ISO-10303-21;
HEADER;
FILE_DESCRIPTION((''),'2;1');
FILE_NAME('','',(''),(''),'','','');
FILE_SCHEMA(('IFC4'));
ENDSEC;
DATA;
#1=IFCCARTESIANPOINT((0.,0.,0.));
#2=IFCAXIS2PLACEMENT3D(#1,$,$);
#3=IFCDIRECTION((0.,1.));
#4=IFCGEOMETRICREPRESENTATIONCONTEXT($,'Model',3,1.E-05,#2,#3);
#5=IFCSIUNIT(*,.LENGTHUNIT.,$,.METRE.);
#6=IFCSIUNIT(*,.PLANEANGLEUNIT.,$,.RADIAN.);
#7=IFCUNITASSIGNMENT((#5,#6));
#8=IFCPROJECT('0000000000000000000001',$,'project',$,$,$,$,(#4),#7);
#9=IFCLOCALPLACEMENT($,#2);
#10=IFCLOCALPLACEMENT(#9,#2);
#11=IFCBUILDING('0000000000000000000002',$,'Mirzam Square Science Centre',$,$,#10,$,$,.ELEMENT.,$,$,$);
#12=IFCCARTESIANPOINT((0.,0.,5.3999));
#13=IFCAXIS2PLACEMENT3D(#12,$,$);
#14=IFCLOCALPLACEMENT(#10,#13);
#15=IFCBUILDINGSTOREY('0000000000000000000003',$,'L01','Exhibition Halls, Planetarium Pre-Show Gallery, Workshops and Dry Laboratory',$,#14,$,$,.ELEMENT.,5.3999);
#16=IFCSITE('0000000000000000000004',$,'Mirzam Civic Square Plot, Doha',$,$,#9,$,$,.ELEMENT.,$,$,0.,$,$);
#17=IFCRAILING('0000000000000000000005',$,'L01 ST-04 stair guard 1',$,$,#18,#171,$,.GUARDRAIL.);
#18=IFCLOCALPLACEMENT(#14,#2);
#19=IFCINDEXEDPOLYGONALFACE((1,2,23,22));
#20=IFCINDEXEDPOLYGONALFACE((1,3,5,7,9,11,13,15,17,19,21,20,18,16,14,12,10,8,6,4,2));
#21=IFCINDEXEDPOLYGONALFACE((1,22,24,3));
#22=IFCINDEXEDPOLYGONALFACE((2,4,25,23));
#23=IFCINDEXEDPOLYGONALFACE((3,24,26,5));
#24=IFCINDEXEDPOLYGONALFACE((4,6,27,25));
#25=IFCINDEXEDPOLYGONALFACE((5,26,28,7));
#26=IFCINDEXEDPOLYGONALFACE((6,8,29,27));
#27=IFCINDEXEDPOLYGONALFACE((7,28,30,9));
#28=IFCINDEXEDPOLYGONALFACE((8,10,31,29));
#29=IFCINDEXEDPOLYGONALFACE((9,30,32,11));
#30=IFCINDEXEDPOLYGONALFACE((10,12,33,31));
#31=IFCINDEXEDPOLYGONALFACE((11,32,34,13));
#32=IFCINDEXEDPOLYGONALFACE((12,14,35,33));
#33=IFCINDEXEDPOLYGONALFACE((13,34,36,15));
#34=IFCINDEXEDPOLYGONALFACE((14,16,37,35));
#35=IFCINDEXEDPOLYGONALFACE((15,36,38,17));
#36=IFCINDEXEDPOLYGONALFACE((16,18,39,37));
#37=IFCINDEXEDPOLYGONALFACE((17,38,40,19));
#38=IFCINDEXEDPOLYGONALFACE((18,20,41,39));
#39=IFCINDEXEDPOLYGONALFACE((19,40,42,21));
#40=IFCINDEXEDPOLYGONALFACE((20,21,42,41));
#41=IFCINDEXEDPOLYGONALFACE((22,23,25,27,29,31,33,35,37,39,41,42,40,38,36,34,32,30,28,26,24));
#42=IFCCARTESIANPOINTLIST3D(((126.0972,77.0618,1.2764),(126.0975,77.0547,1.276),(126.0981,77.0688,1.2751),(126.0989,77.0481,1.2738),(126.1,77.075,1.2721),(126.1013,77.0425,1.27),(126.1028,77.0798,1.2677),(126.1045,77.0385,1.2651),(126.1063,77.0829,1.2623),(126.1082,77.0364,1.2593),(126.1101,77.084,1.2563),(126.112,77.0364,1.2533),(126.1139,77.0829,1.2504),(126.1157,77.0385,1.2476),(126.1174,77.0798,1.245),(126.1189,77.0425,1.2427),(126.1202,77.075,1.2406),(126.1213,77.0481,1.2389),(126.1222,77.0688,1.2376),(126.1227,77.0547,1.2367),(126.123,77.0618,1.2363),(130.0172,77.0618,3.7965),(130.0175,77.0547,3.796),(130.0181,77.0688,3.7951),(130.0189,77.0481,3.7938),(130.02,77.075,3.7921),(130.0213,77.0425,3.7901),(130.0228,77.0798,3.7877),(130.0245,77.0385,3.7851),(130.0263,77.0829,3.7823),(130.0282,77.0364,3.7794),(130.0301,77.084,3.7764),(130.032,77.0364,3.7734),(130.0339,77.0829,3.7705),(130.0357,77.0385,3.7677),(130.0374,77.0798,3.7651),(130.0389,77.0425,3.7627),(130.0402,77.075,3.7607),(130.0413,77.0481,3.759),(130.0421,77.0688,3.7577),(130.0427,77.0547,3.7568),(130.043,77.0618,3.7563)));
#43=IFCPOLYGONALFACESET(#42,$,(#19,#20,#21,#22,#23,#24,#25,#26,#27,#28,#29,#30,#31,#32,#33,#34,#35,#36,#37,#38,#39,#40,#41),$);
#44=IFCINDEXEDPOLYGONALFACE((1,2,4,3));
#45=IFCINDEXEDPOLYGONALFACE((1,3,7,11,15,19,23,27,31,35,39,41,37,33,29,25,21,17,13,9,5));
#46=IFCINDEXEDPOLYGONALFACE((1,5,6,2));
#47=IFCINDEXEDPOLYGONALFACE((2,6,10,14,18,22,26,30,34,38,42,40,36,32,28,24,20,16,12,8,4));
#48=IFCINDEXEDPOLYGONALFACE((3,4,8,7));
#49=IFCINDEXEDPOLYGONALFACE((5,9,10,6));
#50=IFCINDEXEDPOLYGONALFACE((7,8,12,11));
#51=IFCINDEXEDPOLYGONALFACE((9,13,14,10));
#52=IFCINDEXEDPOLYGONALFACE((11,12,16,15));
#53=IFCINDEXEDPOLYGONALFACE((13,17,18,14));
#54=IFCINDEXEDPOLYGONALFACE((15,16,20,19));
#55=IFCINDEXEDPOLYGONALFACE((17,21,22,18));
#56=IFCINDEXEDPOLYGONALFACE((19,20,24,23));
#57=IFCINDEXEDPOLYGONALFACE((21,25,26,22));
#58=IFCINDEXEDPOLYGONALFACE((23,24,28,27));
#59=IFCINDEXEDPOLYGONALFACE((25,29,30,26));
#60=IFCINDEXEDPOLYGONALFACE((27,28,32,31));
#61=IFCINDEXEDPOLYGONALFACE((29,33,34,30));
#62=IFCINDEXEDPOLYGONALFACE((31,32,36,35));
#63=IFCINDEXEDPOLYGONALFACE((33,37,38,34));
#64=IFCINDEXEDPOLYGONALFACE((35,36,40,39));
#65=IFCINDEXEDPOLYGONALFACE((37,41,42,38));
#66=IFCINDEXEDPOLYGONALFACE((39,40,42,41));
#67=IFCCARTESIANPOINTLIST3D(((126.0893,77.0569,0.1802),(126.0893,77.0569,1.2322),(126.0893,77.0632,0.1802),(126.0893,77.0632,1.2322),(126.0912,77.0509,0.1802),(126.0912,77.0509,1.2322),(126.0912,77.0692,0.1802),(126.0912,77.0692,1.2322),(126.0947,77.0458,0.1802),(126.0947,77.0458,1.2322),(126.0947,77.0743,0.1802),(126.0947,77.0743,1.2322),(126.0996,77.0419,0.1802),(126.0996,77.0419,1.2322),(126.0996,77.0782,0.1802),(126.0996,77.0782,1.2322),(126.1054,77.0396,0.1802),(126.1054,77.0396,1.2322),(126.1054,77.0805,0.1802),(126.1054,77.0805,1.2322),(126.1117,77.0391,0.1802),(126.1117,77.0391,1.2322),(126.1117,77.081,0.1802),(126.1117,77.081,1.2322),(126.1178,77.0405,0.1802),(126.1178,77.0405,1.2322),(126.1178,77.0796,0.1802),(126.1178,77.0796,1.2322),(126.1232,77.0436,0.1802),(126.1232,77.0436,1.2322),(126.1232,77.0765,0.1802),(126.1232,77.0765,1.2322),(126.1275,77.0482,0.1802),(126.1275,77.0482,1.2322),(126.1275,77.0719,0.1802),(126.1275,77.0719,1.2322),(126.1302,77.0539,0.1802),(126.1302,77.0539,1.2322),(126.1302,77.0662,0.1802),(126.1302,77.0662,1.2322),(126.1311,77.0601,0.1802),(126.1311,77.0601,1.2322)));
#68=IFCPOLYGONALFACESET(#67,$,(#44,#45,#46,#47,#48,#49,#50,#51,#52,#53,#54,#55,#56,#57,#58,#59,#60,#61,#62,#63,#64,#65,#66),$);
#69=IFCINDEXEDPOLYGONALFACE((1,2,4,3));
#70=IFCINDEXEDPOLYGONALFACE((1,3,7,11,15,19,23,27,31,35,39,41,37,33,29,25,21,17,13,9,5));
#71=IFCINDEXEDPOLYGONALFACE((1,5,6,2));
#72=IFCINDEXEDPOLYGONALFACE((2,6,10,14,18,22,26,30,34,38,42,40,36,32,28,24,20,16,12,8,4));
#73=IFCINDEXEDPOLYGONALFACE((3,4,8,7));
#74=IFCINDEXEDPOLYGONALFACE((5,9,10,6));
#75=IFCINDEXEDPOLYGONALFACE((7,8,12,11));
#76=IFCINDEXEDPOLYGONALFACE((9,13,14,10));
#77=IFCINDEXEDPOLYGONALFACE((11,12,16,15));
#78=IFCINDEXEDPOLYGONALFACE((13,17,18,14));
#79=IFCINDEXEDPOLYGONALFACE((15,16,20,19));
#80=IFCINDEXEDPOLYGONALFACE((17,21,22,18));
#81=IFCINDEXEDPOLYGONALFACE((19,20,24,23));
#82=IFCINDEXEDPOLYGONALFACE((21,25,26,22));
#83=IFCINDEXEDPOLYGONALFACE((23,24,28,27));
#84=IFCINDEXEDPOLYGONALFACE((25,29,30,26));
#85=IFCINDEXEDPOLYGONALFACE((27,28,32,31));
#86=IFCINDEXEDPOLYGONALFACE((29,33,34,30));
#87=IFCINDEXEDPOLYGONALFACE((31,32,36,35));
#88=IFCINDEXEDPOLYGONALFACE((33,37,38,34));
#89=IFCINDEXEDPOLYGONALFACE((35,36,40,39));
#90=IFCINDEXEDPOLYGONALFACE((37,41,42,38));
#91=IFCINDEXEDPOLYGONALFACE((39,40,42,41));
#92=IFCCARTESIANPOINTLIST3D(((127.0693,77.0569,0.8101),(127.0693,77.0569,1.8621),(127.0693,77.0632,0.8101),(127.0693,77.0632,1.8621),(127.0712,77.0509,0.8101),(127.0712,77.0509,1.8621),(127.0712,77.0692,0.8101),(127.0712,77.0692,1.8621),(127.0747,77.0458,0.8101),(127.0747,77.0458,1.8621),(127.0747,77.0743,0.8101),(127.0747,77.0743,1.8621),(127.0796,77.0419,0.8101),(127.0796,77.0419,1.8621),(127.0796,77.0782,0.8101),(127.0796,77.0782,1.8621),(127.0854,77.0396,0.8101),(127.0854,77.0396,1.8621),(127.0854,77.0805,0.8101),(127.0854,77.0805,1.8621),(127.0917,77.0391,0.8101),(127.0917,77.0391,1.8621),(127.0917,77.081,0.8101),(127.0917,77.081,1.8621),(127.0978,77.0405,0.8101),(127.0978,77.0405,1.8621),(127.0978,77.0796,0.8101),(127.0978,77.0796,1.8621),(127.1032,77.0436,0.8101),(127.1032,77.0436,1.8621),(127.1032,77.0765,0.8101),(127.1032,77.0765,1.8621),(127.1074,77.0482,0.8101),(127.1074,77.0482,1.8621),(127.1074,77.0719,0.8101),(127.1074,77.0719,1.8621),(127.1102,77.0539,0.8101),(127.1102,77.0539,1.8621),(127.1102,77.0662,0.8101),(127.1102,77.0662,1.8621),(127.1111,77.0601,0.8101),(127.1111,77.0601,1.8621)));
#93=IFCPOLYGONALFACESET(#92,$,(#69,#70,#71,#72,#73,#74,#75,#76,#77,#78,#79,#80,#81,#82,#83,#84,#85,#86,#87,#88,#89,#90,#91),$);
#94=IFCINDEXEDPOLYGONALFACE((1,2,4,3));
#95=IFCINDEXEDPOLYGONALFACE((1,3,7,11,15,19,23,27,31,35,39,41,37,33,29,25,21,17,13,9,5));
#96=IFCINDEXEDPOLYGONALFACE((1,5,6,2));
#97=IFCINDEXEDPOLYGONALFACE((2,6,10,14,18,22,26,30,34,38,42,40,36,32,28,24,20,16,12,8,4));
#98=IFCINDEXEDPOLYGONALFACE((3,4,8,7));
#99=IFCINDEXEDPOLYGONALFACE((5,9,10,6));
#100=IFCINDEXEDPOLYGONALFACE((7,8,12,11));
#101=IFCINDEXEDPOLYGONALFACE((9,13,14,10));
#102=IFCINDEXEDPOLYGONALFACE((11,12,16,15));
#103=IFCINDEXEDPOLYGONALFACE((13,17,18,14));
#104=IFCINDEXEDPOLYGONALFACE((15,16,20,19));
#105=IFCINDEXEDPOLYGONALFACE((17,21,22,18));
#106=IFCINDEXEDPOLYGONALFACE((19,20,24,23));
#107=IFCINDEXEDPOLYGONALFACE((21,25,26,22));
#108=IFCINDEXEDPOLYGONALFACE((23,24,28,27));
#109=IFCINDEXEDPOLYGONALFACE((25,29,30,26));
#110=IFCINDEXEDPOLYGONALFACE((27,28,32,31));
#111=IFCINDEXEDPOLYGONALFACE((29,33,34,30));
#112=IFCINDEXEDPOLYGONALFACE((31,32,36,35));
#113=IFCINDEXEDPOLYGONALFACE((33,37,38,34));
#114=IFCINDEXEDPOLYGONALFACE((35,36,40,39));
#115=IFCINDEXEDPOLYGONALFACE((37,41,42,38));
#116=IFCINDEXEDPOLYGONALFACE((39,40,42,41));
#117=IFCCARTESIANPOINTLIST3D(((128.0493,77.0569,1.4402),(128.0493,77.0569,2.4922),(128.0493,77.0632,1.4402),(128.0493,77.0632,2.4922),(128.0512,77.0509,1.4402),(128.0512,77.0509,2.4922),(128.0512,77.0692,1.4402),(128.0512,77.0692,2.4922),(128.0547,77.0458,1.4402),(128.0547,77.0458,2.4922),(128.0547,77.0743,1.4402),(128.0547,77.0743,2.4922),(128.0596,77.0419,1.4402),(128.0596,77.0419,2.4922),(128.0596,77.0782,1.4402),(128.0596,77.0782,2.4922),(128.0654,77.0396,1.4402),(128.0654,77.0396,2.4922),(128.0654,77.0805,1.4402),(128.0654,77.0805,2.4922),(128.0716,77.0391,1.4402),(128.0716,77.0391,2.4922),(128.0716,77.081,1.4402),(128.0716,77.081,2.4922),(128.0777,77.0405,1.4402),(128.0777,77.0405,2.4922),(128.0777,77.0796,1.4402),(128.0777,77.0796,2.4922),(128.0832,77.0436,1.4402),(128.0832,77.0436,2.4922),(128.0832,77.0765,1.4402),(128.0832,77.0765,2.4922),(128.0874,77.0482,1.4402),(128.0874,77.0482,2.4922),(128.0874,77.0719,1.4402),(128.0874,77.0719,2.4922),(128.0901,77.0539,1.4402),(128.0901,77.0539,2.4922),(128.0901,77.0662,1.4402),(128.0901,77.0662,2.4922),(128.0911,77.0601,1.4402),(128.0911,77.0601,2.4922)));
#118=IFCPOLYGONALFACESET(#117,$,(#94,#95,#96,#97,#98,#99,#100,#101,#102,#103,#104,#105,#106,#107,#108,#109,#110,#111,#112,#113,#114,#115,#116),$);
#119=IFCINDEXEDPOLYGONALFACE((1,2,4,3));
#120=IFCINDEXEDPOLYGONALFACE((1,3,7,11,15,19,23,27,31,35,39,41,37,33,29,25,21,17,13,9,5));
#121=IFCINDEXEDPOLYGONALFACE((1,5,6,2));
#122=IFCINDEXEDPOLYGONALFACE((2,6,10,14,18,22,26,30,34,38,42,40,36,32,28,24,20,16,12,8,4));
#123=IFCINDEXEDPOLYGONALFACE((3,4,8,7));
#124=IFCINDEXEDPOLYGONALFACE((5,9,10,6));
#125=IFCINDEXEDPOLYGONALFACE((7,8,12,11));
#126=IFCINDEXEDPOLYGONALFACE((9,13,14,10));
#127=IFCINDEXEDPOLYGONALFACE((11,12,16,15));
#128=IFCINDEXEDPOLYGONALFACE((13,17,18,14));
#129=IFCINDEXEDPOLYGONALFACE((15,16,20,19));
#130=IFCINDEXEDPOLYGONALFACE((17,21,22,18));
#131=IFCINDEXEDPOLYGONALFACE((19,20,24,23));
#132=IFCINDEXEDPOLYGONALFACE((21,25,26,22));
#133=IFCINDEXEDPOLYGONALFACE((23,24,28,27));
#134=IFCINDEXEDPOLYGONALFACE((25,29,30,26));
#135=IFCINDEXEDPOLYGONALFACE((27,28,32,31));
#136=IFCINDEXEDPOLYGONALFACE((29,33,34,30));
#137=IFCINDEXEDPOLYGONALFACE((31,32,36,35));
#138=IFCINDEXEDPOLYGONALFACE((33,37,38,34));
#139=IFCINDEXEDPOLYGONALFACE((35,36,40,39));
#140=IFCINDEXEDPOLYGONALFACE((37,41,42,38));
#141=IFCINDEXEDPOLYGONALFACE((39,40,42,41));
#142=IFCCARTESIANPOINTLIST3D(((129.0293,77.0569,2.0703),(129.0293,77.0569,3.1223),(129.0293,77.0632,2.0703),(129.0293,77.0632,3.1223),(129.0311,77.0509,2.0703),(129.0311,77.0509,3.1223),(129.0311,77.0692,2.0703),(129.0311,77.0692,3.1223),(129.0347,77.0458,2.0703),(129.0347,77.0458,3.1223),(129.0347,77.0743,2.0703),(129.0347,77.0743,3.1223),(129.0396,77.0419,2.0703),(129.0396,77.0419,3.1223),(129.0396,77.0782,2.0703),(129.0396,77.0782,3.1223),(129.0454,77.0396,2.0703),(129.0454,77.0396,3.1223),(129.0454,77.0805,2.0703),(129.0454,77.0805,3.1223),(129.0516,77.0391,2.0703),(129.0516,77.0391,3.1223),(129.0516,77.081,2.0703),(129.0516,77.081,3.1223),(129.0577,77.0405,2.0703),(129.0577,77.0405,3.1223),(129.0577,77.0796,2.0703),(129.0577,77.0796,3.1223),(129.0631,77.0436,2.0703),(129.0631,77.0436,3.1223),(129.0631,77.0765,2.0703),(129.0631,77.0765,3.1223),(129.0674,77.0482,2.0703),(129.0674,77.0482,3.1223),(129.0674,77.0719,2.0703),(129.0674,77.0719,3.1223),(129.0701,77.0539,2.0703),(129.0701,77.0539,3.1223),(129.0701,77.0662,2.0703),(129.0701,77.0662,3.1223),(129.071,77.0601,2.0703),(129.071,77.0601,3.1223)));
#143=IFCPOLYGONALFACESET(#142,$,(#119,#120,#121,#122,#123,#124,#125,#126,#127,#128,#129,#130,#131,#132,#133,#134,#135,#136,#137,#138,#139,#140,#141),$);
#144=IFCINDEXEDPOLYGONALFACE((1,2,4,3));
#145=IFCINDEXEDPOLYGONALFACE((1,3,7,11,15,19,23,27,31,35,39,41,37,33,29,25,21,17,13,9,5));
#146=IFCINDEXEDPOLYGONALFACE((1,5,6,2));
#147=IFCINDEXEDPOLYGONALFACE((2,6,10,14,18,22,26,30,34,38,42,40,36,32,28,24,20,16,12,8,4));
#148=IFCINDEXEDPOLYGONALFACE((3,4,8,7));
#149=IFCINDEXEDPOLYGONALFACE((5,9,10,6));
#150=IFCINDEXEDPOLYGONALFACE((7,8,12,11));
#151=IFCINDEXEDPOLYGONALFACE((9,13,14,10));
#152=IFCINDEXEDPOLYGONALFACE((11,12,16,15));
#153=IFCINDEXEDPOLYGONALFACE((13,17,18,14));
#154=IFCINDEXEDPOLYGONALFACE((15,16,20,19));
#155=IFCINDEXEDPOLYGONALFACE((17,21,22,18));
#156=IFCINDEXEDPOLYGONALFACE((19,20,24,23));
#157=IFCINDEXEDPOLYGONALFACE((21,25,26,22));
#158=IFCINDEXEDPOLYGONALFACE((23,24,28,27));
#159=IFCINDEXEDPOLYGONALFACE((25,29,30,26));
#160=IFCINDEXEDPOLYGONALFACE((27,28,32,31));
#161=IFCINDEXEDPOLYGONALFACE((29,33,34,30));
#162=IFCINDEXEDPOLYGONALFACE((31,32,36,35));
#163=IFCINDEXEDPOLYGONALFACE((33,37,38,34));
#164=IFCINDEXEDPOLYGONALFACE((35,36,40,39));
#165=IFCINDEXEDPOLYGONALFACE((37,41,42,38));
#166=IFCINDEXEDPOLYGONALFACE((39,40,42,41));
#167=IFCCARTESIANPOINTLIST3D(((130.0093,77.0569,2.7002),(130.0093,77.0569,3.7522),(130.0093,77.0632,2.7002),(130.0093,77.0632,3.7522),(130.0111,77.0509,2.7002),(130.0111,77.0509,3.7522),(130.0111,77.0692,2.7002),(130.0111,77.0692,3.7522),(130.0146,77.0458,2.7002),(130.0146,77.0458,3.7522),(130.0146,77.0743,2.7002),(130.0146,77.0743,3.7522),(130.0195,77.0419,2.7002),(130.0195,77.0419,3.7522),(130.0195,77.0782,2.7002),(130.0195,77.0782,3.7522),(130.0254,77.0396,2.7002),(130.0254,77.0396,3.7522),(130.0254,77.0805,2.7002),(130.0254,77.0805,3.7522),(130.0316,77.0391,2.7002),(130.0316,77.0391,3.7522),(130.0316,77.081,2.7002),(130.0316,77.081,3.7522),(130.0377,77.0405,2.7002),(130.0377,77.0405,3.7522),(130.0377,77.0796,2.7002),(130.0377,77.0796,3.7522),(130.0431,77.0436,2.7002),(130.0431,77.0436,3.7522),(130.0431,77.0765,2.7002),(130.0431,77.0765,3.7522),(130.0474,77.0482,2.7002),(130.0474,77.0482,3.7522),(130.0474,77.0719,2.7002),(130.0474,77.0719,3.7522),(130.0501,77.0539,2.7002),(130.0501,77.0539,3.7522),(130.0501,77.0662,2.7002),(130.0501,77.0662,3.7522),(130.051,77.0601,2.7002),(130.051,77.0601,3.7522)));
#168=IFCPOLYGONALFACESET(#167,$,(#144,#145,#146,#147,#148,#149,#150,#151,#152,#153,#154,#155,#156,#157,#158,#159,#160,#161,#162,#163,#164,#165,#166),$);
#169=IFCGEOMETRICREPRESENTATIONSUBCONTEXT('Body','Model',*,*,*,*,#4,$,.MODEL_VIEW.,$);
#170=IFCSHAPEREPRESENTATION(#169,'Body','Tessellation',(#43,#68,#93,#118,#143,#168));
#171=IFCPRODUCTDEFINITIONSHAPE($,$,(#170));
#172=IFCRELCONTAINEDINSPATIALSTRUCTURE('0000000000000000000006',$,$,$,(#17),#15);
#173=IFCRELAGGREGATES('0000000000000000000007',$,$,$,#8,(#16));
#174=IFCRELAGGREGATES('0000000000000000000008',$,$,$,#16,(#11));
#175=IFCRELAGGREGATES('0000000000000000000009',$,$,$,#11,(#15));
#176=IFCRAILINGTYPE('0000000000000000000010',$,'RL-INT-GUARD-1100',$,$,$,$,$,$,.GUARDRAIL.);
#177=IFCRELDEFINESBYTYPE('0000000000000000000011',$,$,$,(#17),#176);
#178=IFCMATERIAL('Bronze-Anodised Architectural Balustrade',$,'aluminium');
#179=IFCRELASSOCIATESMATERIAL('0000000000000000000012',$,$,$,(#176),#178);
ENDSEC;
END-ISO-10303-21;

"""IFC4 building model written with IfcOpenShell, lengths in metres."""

from ifc_helpers import new_model, si_unit, direction, frame, origin, origin_2d, place, context, subcontext, project, spatial, circle, extrude, material, type_object, element, save


model = new_model("IFC4")

# Units and contexts
model_context = context("Model", 3, precision=1e-05, world=origin(), true_north=direction((0.0, 1.0)))
body_context = subcontext(model_context, "Body", "Model", "MODEL_VIEW")
ifc_project = project(units=[si_unit("LENGTHUNIT", "METRE"), si_unit("PLANEANGLEUNIT", "RADIAN")], contexts=[model_context])

# Site, building, storey
site_placement = place(None, origin())
site = spatial("IfcSite", under=ifc_project, at=site_placement, Name="Mirzam Civic Square Plot, Doha", CompositionType="ELEMENT", RefElevation=0.0)
building_placement = place(site_placement, origin())
building = spatial("IfcBuilding", under=site, at=building_placement, Name="Mirzam Square Science Centre", CompositionType="ELEMENT")
storey_placement = place(building_placement, frame((0.0, 0.0, 5.3999)))
storey = spatial("IfcBuildingStorey", under=building, at=storey_placement, Name="L01", Description="Exhibition Halls, Planetarium Pre-Show Gallery, Workshops and Dry Laboratory", CompositionType="ELEMENT", Elevation=5.3999)

# Railing
ifc_material_1 = material(Name="Bronze-Anodised Architectural Balustrade", Category="aluminium")
railing_type_1 = type_object("IfcRailingType", Name="RL-INT-GUARD-1100", PredefinedType="GUARDRAIL", material=ifc_material_1)
railing_1_placement = place(storey_placement, frame((126.1101, 77.0601, 0.1802)))
element("IfcRailing", 1, at=railing_1_placement, inside=storey, type_object=railing_type_1, Name="L01 ST-04 stair guard 1", PredefinedType="GUARDRAIL", context=body_context, shape_type="SweptSolid", body=[
    extrude(circle(Radius=0.0239, at=origin_2d()), frame((0.0, 0.0, 1.0762), z_axis=(0.841172, 0.0, 0.540768), x_axis=(0.0, 1.0, 0.0)), (0.0, 0.0, 1.0), 4.6602),
    extrude(circle(Radius=0.021, at=origin_2d()), origin(), (0.0, 0.0, 1.0), 1.052),
    extrude(circle(Radius=0.021, at=origin_2d()), frame((0.98, 0.0, 0.6299)), (0.0, 0.0, 1.0), 1.052),
    extrude(circle(Radius=0.021, at=origin_2d()), frame((1.96, 0.0, 1.26)), (0.0, 0.0, 1.0), 1.052),
    extrude(circle(Radius=0.021, at=origin_2d()), frame((2.9399, 0.0, 1.8901)), (0.0, 0.0, 1.0), 1.052),
    extrude(circle(Radius=0.021, at=origin_2d()), frame((3.9199, 0.0, 2.52)), (0.0, 0.0, 1.0), 1.052),
])

save(model, "model.ifc")
